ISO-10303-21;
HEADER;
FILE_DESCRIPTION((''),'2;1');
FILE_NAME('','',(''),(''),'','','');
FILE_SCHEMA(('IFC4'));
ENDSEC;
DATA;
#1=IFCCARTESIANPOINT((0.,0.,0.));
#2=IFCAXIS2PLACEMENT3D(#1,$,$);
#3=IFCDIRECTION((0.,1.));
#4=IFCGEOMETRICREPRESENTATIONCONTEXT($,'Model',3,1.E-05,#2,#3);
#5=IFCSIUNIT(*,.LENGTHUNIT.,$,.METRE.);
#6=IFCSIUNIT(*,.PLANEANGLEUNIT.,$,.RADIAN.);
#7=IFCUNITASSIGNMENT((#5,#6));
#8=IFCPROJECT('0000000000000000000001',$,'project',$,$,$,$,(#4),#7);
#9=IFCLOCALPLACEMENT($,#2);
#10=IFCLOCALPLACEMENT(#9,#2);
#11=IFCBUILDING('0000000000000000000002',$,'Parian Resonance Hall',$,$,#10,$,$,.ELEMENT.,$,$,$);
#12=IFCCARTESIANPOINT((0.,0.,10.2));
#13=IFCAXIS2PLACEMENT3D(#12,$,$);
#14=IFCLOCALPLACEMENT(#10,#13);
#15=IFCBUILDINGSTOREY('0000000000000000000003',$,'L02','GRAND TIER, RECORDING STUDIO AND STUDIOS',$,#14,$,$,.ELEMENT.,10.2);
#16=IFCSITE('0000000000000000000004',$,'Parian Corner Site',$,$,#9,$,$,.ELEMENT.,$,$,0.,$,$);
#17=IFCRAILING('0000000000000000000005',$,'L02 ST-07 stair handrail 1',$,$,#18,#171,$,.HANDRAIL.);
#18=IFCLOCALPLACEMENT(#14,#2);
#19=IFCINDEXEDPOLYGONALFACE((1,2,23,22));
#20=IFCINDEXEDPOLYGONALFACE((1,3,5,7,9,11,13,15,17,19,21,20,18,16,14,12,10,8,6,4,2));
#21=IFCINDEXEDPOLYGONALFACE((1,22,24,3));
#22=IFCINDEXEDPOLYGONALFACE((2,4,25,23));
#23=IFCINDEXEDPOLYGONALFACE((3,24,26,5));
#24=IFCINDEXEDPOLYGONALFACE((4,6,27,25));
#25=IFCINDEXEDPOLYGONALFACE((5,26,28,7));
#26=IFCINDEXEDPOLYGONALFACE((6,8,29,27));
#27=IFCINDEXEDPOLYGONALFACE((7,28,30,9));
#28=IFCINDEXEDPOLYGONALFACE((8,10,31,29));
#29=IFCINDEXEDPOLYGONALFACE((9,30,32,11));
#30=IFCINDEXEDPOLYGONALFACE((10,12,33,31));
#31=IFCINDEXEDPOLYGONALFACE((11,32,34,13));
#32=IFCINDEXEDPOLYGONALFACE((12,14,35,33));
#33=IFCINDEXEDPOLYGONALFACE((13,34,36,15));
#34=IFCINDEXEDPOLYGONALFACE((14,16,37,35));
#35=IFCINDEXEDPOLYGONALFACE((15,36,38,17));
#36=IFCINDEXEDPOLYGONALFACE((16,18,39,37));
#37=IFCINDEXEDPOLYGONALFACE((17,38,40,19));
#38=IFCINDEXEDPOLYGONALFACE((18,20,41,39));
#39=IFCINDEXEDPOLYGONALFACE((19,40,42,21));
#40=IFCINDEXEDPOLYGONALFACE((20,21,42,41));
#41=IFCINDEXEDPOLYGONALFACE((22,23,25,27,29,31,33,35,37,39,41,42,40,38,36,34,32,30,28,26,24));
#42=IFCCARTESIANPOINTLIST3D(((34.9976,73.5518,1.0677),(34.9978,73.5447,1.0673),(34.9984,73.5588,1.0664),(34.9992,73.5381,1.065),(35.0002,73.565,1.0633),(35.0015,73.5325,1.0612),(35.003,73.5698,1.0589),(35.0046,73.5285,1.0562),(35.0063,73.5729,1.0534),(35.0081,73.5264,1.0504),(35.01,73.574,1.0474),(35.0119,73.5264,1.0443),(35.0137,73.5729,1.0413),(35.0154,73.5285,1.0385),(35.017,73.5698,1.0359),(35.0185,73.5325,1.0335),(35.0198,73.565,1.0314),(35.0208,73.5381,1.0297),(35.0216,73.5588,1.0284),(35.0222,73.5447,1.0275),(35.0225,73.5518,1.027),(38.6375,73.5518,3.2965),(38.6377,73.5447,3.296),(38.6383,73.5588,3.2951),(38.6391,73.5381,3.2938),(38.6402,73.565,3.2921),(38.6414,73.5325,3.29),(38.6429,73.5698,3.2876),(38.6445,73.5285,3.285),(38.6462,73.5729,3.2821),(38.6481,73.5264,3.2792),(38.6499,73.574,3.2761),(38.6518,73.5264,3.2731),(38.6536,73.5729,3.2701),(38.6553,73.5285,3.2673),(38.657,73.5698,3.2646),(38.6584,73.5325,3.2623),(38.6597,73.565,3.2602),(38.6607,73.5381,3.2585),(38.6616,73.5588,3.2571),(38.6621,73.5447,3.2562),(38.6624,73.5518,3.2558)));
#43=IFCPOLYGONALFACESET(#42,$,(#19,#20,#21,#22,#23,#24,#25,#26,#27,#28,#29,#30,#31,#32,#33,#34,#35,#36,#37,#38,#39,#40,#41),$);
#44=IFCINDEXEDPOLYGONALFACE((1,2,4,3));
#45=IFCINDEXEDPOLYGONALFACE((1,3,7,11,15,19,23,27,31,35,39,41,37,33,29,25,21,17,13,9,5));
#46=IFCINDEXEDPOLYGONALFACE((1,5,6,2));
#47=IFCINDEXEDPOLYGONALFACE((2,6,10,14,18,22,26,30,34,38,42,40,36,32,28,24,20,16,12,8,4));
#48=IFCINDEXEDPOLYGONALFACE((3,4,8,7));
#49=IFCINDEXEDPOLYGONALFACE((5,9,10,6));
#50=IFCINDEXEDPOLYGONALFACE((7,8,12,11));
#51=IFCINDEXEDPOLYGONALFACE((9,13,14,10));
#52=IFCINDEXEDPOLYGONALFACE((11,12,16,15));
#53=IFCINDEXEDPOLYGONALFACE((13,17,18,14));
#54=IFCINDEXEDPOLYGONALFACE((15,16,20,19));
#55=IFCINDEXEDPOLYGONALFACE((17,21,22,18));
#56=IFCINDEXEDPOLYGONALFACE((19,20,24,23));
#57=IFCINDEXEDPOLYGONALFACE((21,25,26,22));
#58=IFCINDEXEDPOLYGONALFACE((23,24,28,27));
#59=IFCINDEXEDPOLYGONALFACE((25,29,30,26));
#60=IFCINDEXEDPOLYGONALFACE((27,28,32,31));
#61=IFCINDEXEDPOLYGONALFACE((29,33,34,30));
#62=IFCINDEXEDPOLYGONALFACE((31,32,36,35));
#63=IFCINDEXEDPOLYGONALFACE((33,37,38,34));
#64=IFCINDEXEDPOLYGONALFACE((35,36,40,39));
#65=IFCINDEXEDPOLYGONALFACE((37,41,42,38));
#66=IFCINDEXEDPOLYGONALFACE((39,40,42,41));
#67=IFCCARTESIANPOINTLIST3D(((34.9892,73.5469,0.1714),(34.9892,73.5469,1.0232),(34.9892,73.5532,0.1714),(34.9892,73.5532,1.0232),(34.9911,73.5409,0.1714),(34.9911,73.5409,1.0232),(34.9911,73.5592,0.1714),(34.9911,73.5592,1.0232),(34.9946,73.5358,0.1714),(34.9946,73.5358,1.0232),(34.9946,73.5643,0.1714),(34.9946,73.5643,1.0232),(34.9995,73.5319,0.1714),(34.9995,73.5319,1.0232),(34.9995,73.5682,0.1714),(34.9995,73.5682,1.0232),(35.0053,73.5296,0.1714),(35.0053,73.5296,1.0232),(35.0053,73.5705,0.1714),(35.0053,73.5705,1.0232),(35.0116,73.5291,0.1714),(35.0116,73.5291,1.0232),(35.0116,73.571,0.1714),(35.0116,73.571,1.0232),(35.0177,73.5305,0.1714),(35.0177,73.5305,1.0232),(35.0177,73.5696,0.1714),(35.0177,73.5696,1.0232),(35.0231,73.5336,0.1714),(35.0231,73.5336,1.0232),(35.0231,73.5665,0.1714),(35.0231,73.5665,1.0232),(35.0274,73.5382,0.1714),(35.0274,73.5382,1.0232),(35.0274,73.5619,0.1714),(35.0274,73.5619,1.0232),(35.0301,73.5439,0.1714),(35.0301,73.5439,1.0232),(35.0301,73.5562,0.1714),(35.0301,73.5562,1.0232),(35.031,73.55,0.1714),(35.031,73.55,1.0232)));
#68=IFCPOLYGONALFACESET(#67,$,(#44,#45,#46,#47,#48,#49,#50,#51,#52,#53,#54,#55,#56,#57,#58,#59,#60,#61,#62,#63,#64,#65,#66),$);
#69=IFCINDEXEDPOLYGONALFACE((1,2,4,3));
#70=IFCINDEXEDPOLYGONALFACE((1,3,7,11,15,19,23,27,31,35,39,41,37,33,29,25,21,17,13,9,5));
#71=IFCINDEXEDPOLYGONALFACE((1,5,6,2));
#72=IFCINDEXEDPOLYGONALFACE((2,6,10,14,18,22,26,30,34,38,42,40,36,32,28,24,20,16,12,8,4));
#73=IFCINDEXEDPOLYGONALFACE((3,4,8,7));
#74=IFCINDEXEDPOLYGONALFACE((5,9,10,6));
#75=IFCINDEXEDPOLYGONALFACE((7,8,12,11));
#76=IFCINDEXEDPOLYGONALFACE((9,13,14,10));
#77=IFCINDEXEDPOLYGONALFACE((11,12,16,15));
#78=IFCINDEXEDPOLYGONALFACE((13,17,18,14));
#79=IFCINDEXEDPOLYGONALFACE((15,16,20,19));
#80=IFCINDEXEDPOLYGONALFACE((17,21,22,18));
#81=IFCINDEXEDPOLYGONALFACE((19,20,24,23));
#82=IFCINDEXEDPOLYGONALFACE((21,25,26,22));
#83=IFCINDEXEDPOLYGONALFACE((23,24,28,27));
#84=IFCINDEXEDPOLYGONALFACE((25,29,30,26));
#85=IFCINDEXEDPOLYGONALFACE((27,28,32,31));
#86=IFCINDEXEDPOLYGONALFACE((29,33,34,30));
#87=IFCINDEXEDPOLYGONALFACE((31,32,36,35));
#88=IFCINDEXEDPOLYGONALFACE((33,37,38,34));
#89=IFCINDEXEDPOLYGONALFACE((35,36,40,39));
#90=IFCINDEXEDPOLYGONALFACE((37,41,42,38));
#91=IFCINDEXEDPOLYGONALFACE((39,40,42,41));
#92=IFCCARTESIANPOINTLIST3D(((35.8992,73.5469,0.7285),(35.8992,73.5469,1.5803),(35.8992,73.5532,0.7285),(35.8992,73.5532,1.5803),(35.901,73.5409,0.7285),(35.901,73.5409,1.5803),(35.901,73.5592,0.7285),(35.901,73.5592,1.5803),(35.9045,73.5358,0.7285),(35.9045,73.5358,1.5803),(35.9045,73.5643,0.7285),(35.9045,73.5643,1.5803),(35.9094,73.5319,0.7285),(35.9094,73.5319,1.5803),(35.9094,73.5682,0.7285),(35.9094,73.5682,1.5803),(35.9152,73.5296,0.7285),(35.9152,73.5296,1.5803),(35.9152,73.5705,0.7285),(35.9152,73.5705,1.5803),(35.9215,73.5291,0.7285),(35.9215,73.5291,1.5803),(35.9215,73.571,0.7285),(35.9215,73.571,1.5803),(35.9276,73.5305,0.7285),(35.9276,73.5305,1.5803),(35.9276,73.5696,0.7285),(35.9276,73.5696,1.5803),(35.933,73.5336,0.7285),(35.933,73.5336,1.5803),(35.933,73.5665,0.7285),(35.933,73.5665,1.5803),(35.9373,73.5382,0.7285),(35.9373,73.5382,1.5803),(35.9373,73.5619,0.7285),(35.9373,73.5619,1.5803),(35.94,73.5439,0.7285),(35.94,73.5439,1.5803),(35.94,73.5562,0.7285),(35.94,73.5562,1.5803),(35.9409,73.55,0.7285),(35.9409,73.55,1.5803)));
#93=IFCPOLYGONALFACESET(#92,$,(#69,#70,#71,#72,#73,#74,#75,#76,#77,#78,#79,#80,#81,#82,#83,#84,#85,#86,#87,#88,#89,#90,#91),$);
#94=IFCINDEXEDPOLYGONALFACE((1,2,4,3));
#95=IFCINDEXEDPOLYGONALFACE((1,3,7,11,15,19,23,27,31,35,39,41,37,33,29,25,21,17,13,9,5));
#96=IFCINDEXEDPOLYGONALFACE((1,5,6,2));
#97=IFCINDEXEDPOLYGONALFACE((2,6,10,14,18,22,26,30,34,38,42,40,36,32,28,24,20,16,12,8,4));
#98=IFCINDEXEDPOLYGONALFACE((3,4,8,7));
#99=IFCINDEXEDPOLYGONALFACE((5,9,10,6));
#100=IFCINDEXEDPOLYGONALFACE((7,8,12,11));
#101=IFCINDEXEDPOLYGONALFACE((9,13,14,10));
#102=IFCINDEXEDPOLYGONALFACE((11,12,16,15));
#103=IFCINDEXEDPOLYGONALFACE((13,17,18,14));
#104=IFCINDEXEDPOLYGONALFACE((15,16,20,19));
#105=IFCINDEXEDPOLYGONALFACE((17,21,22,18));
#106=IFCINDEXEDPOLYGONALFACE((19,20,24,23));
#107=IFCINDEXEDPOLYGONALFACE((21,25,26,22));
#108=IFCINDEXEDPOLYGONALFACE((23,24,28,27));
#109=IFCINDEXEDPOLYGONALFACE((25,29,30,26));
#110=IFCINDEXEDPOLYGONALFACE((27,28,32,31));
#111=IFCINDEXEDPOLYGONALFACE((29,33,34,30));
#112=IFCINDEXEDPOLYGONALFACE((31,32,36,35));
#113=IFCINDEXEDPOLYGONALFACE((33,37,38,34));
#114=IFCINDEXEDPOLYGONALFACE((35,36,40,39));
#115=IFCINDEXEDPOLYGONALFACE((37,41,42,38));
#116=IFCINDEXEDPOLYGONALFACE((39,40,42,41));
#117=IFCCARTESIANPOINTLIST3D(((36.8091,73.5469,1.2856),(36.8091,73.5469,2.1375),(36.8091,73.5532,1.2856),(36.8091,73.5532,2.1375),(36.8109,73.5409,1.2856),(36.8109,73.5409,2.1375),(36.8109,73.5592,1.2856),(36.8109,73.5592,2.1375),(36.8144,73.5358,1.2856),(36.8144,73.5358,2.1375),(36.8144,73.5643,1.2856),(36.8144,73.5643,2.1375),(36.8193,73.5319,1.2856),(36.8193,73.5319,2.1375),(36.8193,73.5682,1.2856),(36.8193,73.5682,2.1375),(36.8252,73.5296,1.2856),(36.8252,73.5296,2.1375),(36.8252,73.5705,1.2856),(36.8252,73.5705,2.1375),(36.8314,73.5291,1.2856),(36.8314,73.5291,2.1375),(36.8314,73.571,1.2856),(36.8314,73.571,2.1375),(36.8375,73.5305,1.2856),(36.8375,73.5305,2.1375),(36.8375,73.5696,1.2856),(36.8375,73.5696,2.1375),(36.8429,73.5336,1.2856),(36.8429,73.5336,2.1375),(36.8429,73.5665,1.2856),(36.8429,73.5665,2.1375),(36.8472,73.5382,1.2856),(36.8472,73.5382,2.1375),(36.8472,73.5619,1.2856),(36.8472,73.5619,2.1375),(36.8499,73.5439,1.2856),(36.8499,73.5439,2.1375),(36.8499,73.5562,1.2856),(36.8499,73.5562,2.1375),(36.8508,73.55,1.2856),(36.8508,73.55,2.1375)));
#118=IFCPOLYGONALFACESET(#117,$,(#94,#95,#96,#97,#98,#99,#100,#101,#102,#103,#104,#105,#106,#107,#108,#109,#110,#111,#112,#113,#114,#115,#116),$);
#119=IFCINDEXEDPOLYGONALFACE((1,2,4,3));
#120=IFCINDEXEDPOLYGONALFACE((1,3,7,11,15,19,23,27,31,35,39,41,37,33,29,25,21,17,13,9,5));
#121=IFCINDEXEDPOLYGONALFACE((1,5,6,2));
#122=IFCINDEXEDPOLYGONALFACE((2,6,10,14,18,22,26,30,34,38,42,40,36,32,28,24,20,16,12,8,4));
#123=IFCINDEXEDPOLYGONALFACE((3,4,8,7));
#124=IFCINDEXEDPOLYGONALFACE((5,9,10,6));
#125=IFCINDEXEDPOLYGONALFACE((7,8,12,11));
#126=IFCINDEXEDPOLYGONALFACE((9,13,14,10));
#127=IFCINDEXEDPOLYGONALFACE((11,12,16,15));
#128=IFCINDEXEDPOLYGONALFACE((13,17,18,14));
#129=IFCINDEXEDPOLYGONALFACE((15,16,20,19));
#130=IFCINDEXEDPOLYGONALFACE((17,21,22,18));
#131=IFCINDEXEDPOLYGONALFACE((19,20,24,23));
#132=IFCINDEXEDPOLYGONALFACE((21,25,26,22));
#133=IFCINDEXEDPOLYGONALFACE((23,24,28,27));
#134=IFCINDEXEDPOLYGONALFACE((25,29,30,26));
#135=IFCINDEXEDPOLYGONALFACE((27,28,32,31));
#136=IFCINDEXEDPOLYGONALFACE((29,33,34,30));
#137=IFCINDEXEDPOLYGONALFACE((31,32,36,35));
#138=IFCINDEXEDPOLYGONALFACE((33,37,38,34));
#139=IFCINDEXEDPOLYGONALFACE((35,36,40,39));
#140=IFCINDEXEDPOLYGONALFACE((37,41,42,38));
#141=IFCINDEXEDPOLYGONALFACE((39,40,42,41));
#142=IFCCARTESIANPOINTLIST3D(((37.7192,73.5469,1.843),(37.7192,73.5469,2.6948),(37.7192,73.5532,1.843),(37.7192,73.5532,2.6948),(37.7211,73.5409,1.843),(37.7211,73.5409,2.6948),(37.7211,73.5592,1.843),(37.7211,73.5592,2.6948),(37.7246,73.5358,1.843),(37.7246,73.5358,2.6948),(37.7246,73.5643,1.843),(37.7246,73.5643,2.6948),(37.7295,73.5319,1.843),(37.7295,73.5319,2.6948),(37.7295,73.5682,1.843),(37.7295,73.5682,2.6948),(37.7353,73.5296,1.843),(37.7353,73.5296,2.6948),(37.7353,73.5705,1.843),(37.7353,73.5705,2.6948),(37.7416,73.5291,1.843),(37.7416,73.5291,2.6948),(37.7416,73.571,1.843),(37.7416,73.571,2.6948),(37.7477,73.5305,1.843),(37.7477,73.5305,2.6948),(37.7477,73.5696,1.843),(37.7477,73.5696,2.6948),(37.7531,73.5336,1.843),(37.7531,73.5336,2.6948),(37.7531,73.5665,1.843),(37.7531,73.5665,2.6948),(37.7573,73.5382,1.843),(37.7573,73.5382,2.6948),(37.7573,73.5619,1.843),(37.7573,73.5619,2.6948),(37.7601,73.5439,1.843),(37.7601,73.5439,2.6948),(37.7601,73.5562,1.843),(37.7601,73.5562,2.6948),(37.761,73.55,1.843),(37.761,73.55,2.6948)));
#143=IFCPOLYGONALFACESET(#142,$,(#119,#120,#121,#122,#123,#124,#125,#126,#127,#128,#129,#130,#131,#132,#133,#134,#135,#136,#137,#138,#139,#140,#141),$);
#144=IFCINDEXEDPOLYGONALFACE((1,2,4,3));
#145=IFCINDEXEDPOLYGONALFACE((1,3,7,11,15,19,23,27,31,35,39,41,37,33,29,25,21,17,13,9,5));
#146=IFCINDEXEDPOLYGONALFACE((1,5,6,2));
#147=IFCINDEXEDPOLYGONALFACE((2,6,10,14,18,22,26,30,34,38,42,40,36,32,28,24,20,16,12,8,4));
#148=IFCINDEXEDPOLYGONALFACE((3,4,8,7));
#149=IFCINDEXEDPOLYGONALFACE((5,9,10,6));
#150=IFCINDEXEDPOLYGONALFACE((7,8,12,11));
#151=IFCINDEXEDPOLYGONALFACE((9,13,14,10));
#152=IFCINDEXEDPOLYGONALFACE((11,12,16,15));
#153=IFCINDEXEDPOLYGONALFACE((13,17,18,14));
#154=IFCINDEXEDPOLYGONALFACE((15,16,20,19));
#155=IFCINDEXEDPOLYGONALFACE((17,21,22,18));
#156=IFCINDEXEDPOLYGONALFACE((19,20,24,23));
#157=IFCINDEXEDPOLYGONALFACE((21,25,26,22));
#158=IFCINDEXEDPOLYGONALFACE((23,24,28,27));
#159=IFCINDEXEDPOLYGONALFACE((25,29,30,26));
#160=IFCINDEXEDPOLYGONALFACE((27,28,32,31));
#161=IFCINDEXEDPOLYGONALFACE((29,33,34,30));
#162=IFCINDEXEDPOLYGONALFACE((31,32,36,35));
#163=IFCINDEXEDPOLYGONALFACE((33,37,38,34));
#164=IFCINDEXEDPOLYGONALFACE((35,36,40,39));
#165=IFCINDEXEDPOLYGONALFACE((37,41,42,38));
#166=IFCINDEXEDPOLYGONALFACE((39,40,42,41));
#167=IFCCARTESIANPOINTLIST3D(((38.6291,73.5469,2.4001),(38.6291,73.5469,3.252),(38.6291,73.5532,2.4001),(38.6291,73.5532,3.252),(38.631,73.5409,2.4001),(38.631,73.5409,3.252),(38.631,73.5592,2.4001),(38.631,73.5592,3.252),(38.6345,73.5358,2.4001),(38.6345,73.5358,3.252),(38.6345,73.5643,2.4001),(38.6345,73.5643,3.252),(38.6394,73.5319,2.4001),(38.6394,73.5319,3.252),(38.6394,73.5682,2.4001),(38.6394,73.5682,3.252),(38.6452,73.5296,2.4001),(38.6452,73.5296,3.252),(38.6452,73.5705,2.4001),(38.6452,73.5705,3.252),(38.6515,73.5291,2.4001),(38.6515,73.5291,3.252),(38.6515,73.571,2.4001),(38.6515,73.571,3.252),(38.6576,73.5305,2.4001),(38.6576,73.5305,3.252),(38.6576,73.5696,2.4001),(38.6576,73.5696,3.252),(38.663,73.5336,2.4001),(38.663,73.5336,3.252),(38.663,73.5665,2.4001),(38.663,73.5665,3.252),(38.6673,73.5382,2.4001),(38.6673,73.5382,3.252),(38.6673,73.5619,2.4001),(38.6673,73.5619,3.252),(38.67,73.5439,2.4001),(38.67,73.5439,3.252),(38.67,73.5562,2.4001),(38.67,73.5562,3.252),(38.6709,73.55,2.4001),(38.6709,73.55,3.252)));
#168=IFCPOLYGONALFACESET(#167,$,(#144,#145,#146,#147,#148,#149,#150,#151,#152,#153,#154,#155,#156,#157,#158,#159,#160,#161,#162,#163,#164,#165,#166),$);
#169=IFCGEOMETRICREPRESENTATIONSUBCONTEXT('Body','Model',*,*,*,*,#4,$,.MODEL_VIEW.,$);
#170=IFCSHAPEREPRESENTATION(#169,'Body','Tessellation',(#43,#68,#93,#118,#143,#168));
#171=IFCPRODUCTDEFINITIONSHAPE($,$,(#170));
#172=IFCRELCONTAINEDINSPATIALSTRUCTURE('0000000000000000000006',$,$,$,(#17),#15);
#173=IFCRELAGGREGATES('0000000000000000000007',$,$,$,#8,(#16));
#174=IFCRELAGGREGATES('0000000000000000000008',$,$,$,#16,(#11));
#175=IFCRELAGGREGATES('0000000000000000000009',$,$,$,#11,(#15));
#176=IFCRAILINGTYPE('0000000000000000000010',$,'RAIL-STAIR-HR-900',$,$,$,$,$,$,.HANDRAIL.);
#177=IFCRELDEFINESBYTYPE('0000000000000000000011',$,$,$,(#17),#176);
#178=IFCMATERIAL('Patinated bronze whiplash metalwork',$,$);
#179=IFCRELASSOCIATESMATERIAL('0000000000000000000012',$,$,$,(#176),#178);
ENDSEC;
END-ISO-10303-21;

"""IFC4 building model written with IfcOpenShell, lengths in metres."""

from ifc_helpers import new_model, si_unit, direction, frame, origin, origin_2d, place, context, subcontext, project, spatial, circle, extrude, material, type_object, element, save


model = new_model("IFC4")

# Units and contexts
model_context = context("Model", 3, precision=1e-05, world=origin(), true_north=direction((0.0, 1.0)))
body_context = subcontext(model_context, "Body", "Model", "MODEL_VIEW")
ifc_project = project(units=[si_unit("LENGTHUNIT", "METRE"), si_unit("PLANEANGLEUNIT", "RADIAN")], contexts=[model_context])

# Site, building, storey
site_placement = place(None, origin())
site = spatial("IfcSite", under=ifc_project, at=site_placement, Name="Parian Corner Site", CompositionType="ELEMENT", RefElevation=0.0)
building_placement = place(site_placement, origin())
building = spatial("IfcBuilding", under=site, at=building_placement, Name="Parian Resonance Hall", CompositionType="ELEMENT")
storey_placement = place(building_placement, frame((0.0, 0.0, 10.2)))
storey = spatial("IfcBuildingStorey", under=building, at=storey_placement, Name="L02", Description="GRAND TIER, RECORDING STUDIO AND STUDIOS", CompositionType="ELEMENT", Elevation=10.2)

# Railing
ifc_material_1 = material(Name="Patinated bronze whiplash metalwork")
railing_type_1 = type_object("IfcRailingType", Name="RAIL-STAIR-HR-900", PredefinedType="HANDRAIL", material=ifc_material_1)
railing_1_placement = place(storey_placement, frame((35.01, 73.55, 0.1714)))
element("IfcRailing", 1, at=railing_1_placement, inside=storey, type_object=railing_type_1, Name="L02 ST-07 stair handrail 1", PredefinedType="HANDRAIL", context=body_context, shape_type="SweptSolid", body=[
    extrude(circle(Radius=0.0239, at=origin_2d()), frame((0.0, 0.0, 0.876), z_axis=(0.852825, 0.0, 0.522197), x_axis=(0.0, 1.0, 0.0)), (0.0, 0.0, 1.0), 4.2681),
    extrude(circle(Radius=0.021, at=origin_2d()), origin(), (0.0, 0.0, 1.0), 0.8518),
    extrude(circle(Radius=0.021, at=origin_2d()), frame((0.9099, 0.0, 0.5571)), (0.0, 0.0, 1.0), 0.8518),
    extrude(circle(Radius=0.021, at=origin_2d()), frame((1.8198, 0.0, 1.1143)), (0.0, 0.0, 1.0), 0.8518),
    extrude(circle(Radius=0.021, at=origin_2d()), frame((2.73, 0.0, 1.6716)), (0.0, 0.0, 1.0), 0.8518),
    extrude(circle(Radius=0.021, at=origin_2d()), frame((3.6399, 0.0, 2.2288)), (0.0, 0.0, 1.0), 0.8518),
])

save(model, "model.ifc")
